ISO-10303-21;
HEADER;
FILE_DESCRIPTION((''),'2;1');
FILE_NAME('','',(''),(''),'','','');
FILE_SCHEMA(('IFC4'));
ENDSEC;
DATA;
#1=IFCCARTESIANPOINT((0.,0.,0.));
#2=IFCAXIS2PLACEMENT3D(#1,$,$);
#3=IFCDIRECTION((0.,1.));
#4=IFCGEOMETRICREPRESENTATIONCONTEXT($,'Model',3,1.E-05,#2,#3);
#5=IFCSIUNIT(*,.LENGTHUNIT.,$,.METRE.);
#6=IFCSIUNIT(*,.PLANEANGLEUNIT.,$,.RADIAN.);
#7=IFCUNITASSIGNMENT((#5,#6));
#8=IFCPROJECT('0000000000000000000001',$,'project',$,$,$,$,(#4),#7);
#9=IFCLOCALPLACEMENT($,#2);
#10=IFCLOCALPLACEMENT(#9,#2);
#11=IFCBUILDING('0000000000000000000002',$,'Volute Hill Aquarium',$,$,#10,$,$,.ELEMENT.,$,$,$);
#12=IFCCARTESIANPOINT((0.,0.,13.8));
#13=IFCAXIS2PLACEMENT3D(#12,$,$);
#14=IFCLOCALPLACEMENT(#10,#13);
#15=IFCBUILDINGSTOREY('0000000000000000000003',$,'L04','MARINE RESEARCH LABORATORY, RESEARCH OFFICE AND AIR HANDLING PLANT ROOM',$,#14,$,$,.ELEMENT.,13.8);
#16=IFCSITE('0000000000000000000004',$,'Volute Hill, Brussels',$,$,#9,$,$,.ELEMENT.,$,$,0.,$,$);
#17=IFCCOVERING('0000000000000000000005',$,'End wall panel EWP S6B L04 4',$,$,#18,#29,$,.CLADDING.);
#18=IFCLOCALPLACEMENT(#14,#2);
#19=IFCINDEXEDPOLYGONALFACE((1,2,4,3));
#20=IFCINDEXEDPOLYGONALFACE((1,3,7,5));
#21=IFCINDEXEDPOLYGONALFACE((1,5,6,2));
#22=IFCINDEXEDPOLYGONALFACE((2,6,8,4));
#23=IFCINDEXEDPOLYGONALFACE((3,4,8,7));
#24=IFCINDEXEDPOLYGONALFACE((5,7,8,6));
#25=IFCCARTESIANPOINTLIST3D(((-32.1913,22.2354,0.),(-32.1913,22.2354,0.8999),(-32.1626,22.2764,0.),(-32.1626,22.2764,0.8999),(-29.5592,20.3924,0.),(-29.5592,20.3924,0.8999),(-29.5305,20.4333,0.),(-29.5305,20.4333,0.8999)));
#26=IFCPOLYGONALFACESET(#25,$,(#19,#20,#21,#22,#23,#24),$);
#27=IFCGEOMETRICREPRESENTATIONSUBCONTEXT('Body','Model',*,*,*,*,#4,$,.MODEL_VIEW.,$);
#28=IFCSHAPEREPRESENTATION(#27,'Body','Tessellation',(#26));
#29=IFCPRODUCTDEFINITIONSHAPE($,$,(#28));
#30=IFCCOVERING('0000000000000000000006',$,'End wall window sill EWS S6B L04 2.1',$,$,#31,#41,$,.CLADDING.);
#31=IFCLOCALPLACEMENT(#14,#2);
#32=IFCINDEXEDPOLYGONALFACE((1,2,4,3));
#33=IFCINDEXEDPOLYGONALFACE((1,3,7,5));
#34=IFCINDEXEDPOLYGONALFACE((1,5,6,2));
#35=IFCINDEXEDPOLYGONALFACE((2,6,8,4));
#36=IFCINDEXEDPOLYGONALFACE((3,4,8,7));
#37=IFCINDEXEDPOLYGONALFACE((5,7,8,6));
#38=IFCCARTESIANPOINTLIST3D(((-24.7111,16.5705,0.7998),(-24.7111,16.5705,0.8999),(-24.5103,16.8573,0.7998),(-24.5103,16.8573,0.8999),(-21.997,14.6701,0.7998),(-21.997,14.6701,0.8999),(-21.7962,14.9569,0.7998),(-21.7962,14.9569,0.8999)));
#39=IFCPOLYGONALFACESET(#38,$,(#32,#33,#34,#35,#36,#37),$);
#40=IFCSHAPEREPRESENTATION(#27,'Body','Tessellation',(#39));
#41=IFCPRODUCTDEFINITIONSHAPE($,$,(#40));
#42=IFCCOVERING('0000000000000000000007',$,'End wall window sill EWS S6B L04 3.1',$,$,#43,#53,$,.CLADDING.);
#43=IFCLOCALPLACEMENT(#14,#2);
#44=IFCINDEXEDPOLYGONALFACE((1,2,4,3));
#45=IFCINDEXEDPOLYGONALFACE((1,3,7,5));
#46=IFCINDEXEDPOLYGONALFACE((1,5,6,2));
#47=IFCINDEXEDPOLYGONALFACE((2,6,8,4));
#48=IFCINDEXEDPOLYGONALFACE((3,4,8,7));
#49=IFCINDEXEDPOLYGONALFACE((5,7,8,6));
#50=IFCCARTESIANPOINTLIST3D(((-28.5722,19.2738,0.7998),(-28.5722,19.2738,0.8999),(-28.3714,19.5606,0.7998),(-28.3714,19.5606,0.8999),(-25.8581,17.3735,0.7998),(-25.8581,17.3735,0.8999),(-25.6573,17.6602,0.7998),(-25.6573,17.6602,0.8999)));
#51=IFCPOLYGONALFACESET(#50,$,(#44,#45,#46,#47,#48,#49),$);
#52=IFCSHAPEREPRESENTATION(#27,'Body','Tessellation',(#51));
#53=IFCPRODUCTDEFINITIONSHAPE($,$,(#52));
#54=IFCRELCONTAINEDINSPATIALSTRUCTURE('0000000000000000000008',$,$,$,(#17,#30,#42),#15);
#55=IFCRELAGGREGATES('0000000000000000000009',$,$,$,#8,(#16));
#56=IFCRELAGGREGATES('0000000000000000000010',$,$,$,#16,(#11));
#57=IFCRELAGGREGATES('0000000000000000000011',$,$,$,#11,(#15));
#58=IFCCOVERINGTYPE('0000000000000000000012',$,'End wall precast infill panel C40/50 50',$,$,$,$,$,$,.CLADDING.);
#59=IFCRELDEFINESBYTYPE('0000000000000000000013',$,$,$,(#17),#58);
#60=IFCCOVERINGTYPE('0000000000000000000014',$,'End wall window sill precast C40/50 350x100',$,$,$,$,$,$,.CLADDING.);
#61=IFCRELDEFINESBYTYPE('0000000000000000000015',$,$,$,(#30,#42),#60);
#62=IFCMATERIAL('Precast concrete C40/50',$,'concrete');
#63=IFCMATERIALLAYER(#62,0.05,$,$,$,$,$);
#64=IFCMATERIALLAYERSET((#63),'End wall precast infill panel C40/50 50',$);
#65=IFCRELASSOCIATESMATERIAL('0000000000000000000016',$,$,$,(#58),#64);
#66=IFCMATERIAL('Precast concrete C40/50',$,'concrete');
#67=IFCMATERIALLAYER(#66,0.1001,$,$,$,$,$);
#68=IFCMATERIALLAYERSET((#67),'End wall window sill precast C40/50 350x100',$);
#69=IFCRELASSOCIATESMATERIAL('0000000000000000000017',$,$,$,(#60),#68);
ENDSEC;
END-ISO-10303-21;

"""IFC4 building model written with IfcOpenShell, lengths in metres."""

from ifc_helpers import new_model, si_unit, direction, frame, origin, origin_2d, place, context, subcontext, project, spatial, polyline, rectangle, outline, extrude, material, layer, layer_set, type_object, element, save


model = new_model("IFC4")

# Units and contexts
model_context = context("Model", 3, precision=1e-05, world=origin(), true_north=direction((0.0, 1.0)))
body_context = subcontext(model_context, "Body", "Model", "MODEL_VIEW")
ifc_project = project(units=[si_unit("LENGTHUNIT", "METRE"), si_unit("PLANEANGLEUNIT", "RADIAN")], contexts=[model_context])

# Site, building, storey
site_placement = place(None, origin())
site = spatial("IfcSite", under=ifc_project, at=site_placement, Name="Volute Hill, Brussels", CompositionType="ELEMENT", RefElevation=0.0)
building_placement = place(site_placement, origin())
building = spatial("IfcBuilding", under=site, at=building_placement, Name="Volute Hill Aquarium", CompositionType="ELEMENT")
storey_placement = place(building_placement, frame((0.0, 0.0, 13.8)))
storey = spatial("IfcBuildingStorey", under=building, at=storey_placement, Name="L04", Description="MARINE RESEARCH LABORATORY, RESEARCH OFFICE AND AIR HANDLING PLANT ROOM", CompositionType="ELEMENT", Elevation=13.8)

# Coverings
ifc_material_1 = material(Name="Precast concrete C40/50", Category="concrete")
ifc_layer_1 = layer(ifc_material_1, 0.05)
ifc_layer_set_1 = layer_set([ifc_layer_1], Name="End wall precast infill panel C40/50 50")
covering_type_1 = type_object("IfcCoveringType", Name="End wall precast infill panel C40/50 50", PredefinedType="CLADDING", material=ifc_layer_set_1)
covering_1_placement = place(storey_placement, frame((-29.5305, 20.4333, 0.0), z_axis=(0.57358, 0.81915, 0.0), x_axis=(-0.81915, 0.57358, 0.0)))
element("IfcCovering", 1, at=covering_1_placement, inside=storey, type_object=covering_type_1, Name="End wall panel EWP S6B L04 4", PredefinedType="CLADDING", context=body_context, shape_type="SweptSolid", body=[
    extrude(outline(polyline([(0.0, 0.0), (3.2132, 0.0), (3.2132, 0.8999), (0.0, 0.8999), (0.0, 0.0)])), origin(), (0.0, 0.0, -1.0), 0.05),
])
ifc_material_2 = material(Name="Precast concrete C40/50", Category="concrete")
ifc_layer_2 = layer(ifc_material_2, 0.1001)
ifc_layer_set_2 = layer_set([ifc_layer_2], Name="End wall window sill precast C40/50 350x100")
covering_type_2 = type_object("IfcCoveringType", Name="End wall window sill precast C40/50 350x100", PredefinedType="CLADDING", material=ifc_layer_set_2)
for number, where, z_axis, x_axis, name in (
    (2, (-23.2537, 15.7637, 0.7998), (0.0, 0.0, 1.0), (-0.819151, 0.573577, 0.0), "End wall window sill EWS S6B L04 2.1"),
    (3, (-27.1147, 18.467, 0.7998), (0.0, 0.0, 1.0), (-0.819151, 0.573577, 0.0), "End wall window sill EWS S6B L04 3.1"),
):
    element("IfcCovering", number, at=place(storey_placement, frame(where, z_axis=z_axis, x_axis=x_axis)), inside=storey, type_object=covering_type_2, Name=name, PredefinedType="CLADDING", context=body_context, shape_type="SweptSolid", body=[
        extrude(rectangle(XDim=3.3132, YDim=0.3501, at=origin_2d()), origin(), (0.0, 0.0, 1.0), 0.1001),
    ])

save(model, "model.ifc")
